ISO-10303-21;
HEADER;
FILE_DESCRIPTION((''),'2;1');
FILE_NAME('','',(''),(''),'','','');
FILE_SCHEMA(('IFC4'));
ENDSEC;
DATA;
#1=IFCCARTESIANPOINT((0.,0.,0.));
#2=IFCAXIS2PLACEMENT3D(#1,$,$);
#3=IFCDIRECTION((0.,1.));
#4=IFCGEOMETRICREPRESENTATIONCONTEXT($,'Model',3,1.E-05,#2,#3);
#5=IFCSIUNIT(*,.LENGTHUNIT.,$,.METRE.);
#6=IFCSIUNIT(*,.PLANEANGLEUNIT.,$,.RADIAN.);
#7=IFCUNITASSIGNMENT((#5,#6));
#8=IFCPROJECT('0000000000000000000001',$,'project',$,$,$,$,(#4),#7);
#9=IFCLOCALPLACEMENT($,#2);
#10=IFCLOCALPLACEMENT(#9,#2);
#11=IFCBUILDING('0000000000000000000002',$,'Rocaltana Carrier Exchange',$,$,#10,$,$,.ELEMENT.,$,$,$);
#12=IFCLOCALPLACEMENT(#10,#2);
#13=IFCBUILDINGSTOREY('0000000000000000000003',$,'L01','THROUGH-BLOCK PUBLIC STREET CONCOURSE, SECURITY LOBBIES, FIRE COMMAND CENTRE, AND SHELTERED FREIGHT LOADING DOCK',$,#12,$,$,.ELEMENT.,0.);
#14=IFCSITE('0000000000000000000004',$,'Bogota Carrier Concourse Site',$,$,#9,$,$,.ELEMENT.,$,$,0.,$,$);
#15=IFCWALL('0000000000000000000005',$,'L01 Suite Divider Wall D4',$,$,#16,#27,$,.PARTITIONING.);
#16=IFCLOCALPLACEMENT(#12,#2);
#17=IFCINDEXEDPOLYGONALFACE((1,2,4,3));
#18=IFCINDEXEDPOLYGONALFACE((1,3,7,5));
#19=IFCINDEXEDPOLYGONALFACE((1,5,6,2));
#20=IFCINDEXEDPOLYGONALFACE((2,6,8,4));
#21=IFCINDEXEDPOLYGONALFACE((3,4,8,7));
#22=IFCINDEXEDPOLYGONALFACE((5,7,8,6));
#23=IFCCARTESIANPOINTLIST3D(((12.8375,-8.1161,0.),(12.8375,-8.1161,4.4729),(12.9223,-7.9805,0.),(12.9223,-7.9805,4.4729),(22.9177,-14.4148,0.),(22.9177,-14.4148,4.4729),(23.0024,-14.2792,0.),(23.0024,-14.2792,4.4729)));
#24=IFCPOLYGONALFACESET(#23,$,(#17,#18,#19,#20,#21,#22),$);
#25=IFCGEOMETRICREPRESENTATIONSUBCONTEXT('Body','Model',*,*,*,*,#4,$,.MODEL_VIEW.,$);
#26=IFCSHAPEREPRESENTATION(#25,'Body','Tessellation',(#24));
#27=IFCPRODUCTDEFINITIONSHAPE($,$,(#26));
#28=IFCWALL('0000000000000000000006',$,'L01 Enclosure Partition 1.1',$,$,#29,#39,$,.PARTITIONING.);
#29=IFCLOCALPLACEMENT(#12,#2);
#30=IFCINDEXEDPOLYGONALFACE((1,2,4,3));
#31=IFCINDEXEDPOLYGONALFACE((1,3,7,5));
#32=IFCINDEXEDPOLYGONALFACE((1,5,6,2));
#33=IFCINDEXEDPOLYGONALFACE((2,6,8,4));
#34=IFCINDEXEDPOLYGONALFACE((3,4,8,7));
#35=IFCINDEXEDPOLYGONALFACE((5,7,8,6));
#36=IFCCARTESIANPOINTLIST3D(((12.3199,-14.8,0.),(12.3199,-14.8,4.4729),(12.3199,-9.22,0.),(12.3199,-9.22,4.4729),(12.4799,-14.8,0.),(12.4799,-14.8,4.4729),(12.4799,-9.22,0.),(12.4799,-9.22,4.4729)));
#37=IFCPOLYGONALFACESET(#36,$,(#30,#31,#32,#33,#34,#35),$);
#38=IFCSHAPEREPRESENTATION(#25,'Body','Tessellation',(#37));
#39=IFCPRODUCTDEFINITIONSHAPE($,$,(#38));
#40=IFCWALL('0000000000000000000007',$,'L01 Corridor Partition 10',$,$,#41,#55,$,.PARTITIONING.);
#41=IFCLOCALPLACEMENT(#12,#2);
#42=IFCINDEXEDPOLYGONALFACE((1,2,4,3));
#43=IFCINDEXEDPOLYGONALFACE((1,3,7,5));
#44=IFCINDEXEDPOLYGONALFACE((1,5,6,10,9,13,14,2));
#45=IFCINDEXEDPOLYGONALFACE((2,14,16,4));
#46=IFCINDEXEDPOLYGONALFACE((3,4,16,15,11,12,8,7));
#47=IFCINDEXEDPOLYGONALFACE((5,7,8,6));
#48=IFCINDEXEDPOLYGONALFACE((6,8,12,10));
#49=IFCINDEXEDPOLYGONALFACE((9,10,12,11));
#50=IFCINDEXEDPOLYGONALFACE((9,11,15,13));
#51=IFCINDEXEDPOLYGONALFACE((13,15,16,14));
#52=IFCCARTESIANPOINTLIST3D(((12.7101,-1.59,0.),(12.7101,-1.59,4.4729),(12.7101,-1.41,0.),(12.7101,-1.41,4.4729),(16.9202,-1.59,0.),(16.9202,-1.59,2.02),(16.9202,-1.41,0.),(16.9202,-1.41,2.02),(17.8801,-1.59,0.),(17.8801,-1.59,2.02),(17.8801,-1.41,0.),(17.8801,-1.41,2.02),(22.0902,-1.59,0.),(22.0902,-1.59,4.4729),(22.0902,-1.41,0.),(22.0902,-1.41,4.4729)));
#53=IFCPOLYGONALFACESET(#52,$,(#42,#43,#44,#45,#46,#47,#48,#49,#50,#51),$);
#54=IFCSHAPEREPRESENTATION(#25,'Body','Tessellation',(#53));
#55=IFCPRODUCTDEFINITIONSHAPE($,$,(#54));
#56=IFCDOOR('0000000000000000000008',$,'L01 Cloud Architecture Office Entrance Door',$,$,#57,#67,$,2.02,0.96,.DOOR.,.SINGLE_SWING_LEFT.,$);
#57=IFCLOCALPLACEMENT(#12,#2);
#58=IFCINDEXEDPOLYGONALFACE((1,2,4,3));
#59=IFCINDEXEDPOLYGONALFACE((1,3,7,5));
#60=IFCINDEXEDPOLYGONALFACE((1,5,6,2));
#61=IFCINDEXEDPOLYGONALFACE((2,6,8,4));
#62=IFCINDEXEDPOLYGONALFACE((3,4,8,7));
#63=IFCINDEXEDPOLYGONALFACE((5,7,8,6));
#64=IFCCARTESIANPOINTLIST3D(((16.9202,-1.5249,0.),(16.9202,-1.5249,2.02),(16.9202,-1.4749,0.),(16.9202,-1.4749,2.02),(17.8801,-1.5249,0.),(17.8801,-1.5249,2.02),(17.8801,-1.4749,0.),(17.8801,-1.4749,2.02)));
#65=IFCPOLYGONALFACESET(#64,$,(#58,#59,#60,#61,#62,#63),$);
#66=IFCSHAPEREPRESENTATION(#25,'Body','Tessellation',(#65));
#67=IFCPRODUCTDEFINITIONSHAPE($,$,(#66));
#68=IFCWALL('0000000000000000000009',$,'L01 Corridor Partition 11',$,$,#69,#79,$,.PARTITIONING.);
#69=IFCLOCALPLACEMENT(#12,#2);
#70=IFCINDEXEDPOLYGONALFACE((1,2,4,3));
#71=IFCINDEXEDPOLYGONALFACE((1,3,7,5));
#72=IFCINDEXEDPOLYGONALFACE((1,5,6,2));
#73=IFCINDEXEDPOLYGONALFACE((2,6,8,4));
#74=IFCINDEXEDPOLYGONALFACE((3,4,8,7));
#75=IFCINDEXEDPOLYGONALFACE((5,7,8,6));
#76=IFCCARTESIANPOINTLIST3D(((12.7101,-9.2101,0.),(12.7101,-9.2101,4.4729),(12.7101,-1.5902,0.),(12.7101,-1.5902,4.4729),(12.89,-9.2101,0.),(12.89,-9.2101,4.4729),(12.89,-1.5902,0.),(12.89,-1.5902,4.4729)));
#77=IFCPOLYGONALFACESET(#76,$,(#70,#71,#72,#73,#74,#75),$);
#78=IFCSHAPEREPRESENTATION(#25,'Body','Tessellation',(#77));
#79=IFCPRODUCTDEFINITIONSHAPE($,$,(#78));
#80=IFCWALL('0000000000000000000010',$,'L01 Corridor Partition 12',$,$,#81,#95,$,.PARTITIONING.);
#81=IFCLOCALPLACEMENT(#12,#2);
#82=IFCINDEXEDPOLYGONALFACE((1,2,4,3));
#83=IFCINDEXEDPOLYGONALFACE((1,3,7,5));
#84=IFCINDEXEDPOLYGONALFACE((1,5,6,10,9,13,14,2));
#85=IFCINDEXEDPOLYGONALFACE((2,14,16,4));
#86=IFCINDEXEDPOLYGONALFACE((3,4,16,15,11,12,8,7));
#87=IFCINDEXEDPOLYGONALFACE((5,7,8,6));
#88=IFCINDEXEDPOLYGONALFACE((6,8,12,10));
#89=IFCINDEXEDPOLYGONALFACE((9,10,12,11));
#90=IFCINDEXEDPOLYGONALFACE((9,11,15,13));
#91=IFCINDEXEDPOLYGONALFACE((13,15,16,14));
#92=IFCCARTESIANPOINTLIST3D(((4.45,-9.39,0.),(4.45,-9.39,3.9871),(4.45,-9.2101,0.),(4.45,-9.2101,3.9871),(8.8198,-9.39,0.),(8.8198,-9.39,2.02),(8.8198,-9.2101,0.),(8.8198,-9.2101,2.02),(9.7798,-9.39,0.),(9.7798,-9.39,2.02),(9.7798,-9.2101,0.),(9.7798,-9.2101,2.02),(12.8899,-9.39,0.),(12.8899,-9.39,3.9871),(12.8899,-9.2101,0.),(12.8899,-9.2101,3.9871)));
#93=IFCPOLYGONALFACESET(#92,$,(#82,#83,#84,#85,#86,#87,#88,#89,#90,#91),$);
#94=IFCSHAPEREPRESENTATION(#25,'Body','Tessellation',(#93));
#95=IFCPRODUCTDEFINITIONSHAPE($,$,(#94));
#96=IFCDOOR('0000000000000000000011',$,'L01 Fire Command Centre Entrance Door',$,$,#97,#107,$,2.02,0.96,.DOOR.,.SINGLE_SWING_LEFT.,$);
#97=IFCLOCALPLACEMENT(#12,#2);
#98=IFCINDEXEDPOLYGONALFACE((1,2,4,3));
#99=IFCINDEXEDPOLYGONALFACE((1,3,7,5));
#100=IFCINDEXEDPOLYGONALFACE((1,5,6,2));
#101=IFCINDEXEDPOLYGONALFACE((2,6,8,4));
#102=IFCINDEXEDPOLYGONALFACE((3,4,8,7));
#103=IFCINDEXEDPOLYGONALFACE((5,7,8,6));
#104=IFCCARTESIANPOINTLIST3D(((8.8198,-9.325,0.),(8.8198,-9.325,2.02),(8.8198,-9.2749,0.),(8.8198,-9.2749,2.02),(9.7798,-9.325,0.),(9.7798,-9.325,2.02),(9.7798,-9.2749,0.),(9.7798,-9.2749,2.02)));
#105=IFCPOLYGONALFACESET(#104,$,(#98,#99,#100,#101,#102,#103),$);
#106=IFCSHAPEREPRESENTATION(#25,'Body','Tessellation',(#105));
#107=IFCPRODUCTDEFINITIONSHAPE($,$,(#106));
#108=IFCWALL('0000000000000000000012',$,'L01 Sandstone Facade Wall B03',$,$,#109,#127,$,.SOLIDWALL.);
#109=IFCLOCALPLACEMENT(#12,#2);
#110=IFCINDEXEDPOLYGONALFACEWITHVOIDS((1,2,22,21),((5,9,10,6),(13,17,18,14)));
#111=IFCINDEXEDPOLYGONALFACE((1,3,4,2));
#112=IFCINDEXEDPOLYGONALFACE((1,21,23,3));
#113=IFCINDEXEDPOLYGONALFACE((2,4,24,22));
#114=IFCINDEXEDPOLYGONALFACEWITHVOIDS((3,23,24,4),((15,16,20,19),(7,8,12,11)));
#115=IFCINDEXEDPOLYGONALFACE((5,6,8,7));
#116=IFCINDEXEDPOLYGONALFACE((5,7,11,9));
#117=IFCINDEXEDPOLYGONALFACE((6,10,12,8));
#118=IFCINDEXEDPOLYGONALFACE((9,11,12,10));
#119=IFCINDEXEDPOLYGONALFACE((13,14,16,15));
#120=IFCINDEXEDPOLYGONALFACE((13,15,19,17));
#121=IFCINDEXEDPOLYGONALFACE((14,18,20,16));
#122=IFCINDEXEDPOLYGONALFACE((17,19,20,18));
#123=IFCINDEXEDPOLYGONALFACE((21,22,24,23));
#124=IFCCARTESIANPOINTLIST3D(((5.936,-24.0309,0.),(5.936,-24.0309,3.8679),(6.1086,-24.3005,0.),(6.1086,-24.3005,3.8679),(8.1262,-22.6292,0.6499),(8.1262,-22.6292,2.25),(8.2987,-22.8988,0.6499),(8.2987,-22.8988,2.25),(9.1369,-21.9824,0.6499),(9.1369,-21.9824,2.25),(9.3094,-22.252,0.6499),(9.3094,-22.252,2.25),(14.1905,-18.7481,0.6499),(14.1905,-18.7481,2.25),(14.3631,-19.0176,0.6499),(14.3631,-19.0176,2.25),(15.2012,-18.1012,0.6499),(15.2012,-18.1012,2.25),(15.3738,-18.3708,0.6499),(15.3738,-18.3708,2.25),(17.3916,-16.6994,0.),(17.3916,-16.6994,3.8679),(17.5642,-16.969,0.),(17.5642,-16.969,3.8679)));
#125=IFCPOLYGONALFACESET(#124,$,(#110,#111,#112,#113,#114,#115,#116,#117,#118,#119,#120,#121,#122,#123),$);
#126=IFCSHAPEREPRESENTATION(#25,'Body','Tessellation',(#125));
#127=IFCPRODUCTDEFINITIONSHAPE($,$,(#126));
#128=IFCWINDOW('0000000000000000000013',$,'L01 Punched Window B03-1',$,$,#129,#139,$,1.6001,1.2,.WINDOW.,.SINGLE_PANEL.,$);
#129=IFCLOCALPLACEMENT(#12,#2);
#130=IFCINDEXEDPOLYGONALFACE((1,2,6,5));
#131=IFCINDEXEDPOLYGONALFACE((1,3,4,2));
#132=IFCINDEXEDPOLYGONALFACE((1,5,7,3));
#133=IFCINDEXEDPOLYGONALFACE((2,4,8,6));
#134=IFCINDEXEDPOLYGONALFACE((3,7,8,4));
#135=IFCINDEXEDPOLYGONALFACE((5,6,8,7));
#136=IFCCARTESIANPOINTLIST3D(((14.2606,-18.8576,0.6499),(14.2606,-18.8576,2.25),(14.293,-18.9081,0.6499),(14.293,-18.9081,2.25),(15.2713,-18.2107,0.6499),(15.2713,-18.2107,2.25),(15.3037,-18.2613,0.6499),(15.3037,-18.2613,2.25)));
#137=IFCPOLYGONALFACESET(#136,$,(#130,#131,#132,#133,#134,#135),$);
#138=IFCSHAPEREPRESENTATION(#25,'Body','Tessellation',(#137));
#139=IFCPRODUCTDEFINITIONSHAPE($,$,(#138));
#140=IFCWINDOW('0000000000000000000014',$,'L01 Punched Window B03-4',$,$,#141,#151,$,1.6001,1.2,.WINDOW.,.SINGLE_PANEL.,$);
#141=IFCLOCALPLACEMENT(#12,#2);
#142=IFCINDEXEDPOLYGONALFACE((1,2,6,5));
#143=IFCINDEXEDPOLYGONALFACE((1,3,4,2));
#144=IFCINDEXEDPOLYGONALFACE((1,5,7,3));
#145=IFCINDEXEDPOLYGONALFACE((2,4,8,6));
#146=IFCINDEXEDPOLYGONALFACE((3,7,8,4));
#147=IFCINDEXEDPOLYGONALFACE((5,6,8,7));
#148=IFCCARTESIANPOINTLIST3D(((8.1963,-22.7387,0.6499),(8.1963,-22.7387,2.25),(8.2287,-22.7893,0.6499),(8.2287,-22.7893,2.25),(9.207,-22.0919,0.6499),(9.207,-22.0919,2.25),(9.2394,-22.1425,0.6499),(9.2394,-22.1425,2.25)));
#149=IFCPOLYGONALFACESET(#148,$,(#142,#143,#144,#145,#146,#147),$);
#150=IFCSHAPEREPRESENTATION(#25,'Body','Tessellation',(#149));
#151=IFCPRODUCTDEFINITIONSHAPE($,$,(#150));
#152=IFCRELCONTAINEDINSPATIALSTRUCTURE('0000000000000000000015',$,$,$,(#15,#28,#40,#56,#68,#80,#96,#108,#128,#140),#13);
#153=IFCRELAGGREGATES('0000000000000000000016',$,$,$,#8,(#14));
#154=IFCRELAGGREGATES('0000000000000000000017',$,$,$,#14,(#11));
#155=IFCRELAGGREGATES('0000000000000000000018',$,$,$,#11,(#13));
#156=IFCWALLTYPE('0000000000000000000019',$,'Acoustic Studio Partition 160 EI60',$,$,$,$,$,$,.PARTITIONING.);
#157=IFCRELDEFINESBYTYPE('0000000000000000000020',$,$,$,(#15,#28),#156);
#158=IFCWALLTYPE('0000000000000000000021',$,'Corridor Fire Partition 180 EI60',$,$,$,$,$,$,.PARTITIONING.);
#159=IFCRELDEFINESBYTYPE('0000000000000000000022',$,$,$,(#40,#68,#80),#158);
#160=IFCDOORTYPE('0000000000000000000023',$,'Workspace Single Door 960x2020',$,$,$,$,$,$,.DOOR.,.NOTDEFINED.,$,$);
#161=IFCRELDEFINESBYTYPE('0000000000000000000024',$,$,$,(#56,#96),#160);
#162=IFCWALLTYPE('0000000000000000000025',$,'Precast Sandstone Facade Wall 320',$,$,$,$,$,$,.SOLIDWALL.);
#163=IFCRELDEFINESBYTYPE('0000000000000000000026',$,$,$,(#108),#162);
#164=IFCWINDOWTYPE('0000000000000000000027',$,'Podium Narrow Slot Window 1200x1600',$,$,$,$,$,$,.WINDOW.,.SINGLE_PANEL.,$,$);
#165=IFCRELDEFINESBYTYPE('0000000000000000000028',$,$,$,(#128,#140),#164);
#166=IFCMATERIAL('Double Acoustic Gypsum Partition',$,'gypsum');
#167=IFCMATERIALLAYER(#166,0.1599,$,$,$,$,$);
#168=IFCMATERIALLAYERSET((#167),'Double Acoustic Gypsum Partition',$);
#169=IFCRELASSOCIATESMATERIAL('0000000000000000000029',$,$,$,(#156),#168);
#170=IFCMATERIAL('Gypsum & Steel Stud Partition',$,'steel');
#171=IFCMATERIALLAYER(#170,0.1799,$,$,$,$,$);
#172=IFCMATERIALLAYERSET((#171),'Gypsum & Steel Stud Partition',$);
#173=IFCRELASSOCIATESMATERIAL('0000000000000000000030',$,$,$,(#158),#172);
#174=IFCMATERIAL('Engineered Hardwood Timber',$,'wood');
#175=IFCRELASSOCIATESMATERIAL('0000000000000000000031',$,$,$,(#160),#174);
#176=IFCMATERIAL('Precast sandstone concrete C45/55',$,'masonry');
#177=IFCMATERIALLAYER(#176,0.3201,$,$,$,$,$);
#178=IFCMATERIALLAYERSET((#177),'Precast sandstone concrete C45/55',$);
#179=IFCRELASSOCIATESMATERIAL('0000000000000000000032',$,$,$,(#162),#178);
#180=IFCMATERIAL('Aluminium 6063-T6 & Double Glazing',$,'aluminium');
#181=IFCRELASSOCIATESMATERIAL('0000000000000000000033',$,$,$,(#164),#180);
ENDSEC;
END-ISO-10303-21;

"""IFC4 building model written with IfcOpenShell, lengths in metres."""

from ifc_helpers import new_model, si_unit, direction, frame, frame_2d, origin, place, context, subcontext, project, spatial, rectangle, extrude, material, layer, layer_set, type_object, element, fill, save


model = new_model("IFC4")

# Units and contexts
model_context = context("Model", 3, precision=1e-05, world=origin(), true_north=direction((0.0, 1.0)))
body_context = subcontext(model_context, "Body", "Model", "MODEL_VIEW")
ifc_project = project(units=[si_unit("LENGTHUNIT", "METRE"), si_unit("PLANEANGLEUNIT", "RADIAN")], contexts=[model_context])

# Site, building, storey
site_placement = place(None, origin())
site = spatial("IfcSite", under=ifc_project, at=site_placement, Name="Bogota Carrier Concourse Site", CompositionType="ELEMENT", RefElevation=0.0)
building_placement = place(site_placement, origin())
building = spatial("IfcBuilding", under=site, at=building_placement, Name="Rocaltana Carrier Exchange", CompositionType="ELEMENT")
storey_placement = place(building_placement, origin())
storey = spatial("IfcBuildingStorey", under=building, at=storey_placement, Name="L01", Description="THROUGH-BLOCK PUBLIC STREET CONCOURSE, SECURITY LOBBIES, FIRE COMMAND CENTRE, AND SHELTERED FREIGHT LOADING DOCK", CompositionType="ELEMENT", Elevation=0.0)

# Walls
ifc_material_1 = material(Name="Double Acoustic Gypsum Partition", Category="gypsum")
ifc_layer_1 = layer(ifc_material_1, 0.1599)
ifc_layer_set_1 = layer_set([ifc_layer_1], Name="Double Acoustic Gypsum Partition")
wall_type_1 = type_object("IfcWallType", Name="Acoustic Studio Partition 160 EI60", PredefinedType="PARTITIONING", material=ifc_layer_set_1)
wall_1_placement = place(storey_placement, frame((12.8799, -8.0483, 0.0), z_axis=(0.0, 0.0, 1.0), x_axis=(0.848054, -0.52991, 0.0)))
element("IfcWall", 1, at=wall_1_placement, inside=storey, type_object=wall_type_1, Name="L01 Suite Divider Wall D4", PredefinedType="PARTITIONING", context=body_context, shape_type="SweptSolid", body=[
    extrude(rectangle(XDim=11.8862, YDim=0.1599, at=frame_2d((5.9431, 0.0))), origin(), (0.0, 0.0, 1.0), 4.4729),
])
wall_2_placement = place(storey_placement, frame((12.3999, -14.8, 0.0), z_axis=(0.0, 0.0, 1.0), x_axis=(0.0, 1.0, 0.0)))
element("IfcWall", 2, at=wall_2_placement, inside=storey, type_object=wall_type_1, Name="L01 Enclosure Partition 1.1", PredefinedType="PARTITIONING", context=body_context, shape_type="SweptSolid", body=[
    extrude(rectangle(XDim=5.5801, YDim=0.1599, at=frame_2d((2.79, 0.0))), origin(), (0.0, 0.0, 1.0), 4.4729),
])

# Wall, opening, door
ifc_material_2 = material(Name="Gypsum & Steel Stud Partition", Category="steel")
ifc_layer_2 = layer(ifc_material_2, 0.1799)
ifc_layer_set_2 = layer_set([ifc_layer_2], Name="Gypsum & Steel Stud Partition")
wall_type_2 = type_object("IfcWallType", Name="Corridor Fire Partition 180 EI60", PredefinedType="PARTITIONING", material=ifc_layer_set_2)
wall_3_placement = place(storey_placement, frame((22.0901, -1.5, 0.0), z_axis=(0.0, 0.0, 1.0), x_axis=(-1.0, 0.0, 0.0)))
wall_3 = element("IfcWall", 3, at=wall_3_placement, inside=storey, type_object=wall_type_2, Name="L01 Corridor Partition 10", PredefinedType="PARTITIONING", context=body_context, shape_type="SweptSolid", body=[
    extrude(rectangle(XDim=9.3801, YDim=0.1799, at=frame_2d((4.6899, 0.0))), origin(), (0.0, 0.0, 1.0), 4.4729),
])
opening_1_placement = place(wall_3_placement, frame((4.21, 0.0, 0.0)))
opening_1 = element("IfcOpeningElement", 4, at=opening_1_placement, cuts=wall_3, PredefinedType="OPENING", context=body_context, shape_type="SweptSolid", body=[
    extrude(rectangle(XDim=0.96, YDim=2.02, at=frame_2d((0.48, 1.01))), frame((0.0, 0.0999, 0.0), z_axis=(0.0, -1.0, 0.0), x_axis=(1.0, 0.0, 0.0)), (0.0, 0.0, 1.0), 0.2),
])
ifc_material_3 = material(Name="Engineered Hardwood Timber", Category="wood")
door_type_1 = type_object("IfcDoorType", Name="Workspace Single Door 960x2020", OperationType="NOTDEFINED", PredefinedType="DOOR", material=ifc_material_3)
door_1_placement = place(opening_1_placement, origin())
door_1 = element("IfcDoor", 5, at=door_1_placement, inside=storey, type_object=door_type_1, Name="L01 Cloud Architecture Office Entrance Door", OperationType="SINGLE_SWING_LEFT", OverallHeight=2.02, OverallWidth=0.96, PredefinedType="DOOR", context=body_context, shape_type="SweptSolid", body=[
    extrude(rectangle(XDim=0.96, YDim=2.02, at=frame_2d((0.48, 1.01))), frame((0.0, 0.0249, 0.0), z_axis=(0.0, -1.0, 0.0), x_axis=(1.0, 0.0, 0.0)), (0.0, 0.0, 1.0), 0.05),
])
fill(opening_1, door_1)

# Wall
wall_4_placement = place(storey_placement, frame((12.8, -1.5901, 0.0), z_axis=(0.0, 0.0, 1.0), x_axis=(0.0, -1.0, 0.0)))
element("IfcWall", 6, at=wall_4_placement, inside=storey, type_object=wall_type_2, Name="L01 Corridor Partition 11", PredefinedType="PARTITIONING", context=body_context, shape_type="SweptSolid", body=[
    extrude(rectangle(XDim=7.6199, YDim=0.1799, at=frame_2d((3.8101, 0.0))), origin(), (0.0, 0.0, 1.0), 4.4729),
])

# Wall, opening, door
wall_5_placement = place(storey_placement, frame((12.8899, -9.3, 0.0), z_axis=(0.0, 0.0, 1.0), x_axis=(-1.0, 0.0, 0.0)))
wall_5 = element("IfcWall", 7, at=wall_5_placement, inside=storey, type_object=wall_type_2, Name="L01 Corridor Partition 12", PredefinedType="PARTITIONING", context=body_context, shape_type="SweptSolid", body=[
    extrude(rectangle(XDim=8.4399, YDim=0.1799, at=frame_2d((4.22, 0.0))), origin(), (0.0, 0.0, 1.0), 3.9871),
])
opening_2_placement = place(wall_5_placement, frame((3.1101, 0.0, 0.0)))
opening_2 = element("IfcOpeningElement", 8, at=opening_2_placement, cuts=wall_5, PredefinedType="OPENING", context=body_context, shape_type="SweptSolid", body=[
    extrude(rectangle(XDim=0.96, YDim=2.02, at=frame_2d((0.48, 1.01))), frame((0.0, 0.0999, 0.0), z_axis=(0.0, -1.0, 0.0), x_axis=(1.0, 0.0, 0.0)), (0.0, 0.0, 1.0), 0.2),
])
door_2_placement = place(opening_2_placement, origin())
door_2 = element("IfcDoor", 9, at=door_2_placement, inside=storey, type_object=door_type_1, Name="L01 Fire Command Centre Entrance Door", OperationType="SINGLE_SWING_LEFT", OverallHeight=2.02, OverallWidth=0.96, PredefinedType="DOOR", context=body_context, shape_type="SweptSolid", body=[
    extrude(rectangle(XDim=0.96, YDim=2.02, at=frame_2d((0.48, 1.01))), frame((0.0, 0.0249, 0.0), z_axis=(0.0, -1.0, 0.0), x_axis=(1.0, 0.0, 0.0)), (0.0, 0.0, 1.0), 0.05),
])
fill(opening_2, door_2)

# Wall, openings, windows
ifc_material_4 = material(Name="Precast sandstone concrete C45/55", Category="masonry")
ifc_layer_3 = layer(ifc_material_4, 0.3201)
ifc_layer_set_3 = layer_set([ifc_layer_3], Name="Precast sandstone concrete C45/55")
wall_type_3 = type_object("IfcWallType", Name="Precast Sandstone Facade Wall 320", PredefinedType="SOLIDWALL", material=ifc_layer_set_3)
wall_6_placement = place(storey_placement, frame((17.4778, -16.8342, 0.0), z_axis=(0.0, 0.0, 1.0), x_axis=(-0.842272, -0.539053, 0.0)))
wall_6 = element("IfcWall", 10, at=wall_6_placement, inside=storey, type_object=wall_type_3, Name="L01 Sandstone Facade Wall B03", PredefinedType="SOLIDWALL", context=body_context, shape_type="SweptSolid", body=[
    extrude(rectangle(XDim=13.6008, YDim=0.3201, at=frame_2d((6.8003, 0.0))), origin(), (0.0, 0.0, 1.0), 3.8679),
])
opening_3_placement = place(wall_6_placement, frame((2.6003, 0.0, 0.6499)))
opening_3 = element("IfcOpeningElement", 11, at=opening_3_placement, cuts=wall_6, PredefinedType="OPENING", context=body_context, shape_type="SweptSolid", body=[
    extrude(rectangle(XDim=1.2, YDim=1.6001, at=frame_2d((0.6001, 0.8))), frame((0.0, 0.1699, 0.0), z_axis=(0.0, -1.0, 0.0), x_axis=(1.0, 0.0, 0.0)), (0.0, 0.0, 1.0), 0.3401),
])
opening_4_placement = place(wall_6_placement, frame((9.8003, 0.0, 0.6499)))
opening_4 = element("IfcOpeningElement", 12, at=opening_4_placement, cuts=wall_6, PredefinedType="OPENING", context=body_context, shape_type="SweptSolid", body=[
    extrude(rectangle(XDim=1.2, YDim=1.6001, at=frame_2d((0.6001, 0.8))), frame((0.0, 0.1699, 0.0), z_axis=(0.0, -1.0, 0.0), x_axis=(1.0, 0.0, 0.0)), (0.0, 0.0, 1.0), 0.3401),
])
ifc_material_5 = material(Name="Aluminium 6063-T6 & Double Glazing", Category="aluminium")
window_type = type_object("IfcWindowType", Name="Podium Narrow Slot Window 1200x1600", PartitioningType="SINGLE_PANEL", PredefinedType="WINDOW", material=ifc_material_5)
window_1_placement = place(opening_3_placement, origin())
window_1 = element("IfcWindow", 13, at=window_1_placement, inside=storey, type_object=window_type, Name="L01 Punched Window B03-1", OverallHeight=1.6001, OverallWidth=1.2, PartitioningType="SINGLE_PANEL", PredefinedType="WINDOW", context=body_context, shape_type="SweptSolid", body=[
    extrude(rectangle(XDim=1.2, YDim=1.6001, at=frame_2d((0.6001, 0.8))), frame((0.0, 0.03, 0.0), z_axis=(0.0, -1.0, 0.0), x_axis=(1.0, 0.0, 0.0)), (0.0, 0.0, 1.0), 0.0601),
])
fill(opening_3, window_1)
window_2_placement = place(opening_4_placement, origin())
window_2 = element("IfcWindow", 14, at=window_2_placement, inside=storey, type_object=window_type, Name="L01 Punched Window B03-4", OverallHeight=1.6001, OverallWidth=1.2, PartitioningType="SINGLE_PANEL", PredefinedType="WINDOW", context=body_context, shape_type="SweptSolid", body=[
    extrude(rectangle(XDim=1.2, YDim=1.6001, at=frame_2d((0.6001, 0.8))), frame((0.0, 0.03, 0.0), z_axis=(0.0, -1.0, 0.0), x_axis=(1.0, 0.0, 0.0)), (0.0, 0.0, 1.0), 0.0601),
])
fill(opening_4, window_2)

save(model, "model.ifc")
